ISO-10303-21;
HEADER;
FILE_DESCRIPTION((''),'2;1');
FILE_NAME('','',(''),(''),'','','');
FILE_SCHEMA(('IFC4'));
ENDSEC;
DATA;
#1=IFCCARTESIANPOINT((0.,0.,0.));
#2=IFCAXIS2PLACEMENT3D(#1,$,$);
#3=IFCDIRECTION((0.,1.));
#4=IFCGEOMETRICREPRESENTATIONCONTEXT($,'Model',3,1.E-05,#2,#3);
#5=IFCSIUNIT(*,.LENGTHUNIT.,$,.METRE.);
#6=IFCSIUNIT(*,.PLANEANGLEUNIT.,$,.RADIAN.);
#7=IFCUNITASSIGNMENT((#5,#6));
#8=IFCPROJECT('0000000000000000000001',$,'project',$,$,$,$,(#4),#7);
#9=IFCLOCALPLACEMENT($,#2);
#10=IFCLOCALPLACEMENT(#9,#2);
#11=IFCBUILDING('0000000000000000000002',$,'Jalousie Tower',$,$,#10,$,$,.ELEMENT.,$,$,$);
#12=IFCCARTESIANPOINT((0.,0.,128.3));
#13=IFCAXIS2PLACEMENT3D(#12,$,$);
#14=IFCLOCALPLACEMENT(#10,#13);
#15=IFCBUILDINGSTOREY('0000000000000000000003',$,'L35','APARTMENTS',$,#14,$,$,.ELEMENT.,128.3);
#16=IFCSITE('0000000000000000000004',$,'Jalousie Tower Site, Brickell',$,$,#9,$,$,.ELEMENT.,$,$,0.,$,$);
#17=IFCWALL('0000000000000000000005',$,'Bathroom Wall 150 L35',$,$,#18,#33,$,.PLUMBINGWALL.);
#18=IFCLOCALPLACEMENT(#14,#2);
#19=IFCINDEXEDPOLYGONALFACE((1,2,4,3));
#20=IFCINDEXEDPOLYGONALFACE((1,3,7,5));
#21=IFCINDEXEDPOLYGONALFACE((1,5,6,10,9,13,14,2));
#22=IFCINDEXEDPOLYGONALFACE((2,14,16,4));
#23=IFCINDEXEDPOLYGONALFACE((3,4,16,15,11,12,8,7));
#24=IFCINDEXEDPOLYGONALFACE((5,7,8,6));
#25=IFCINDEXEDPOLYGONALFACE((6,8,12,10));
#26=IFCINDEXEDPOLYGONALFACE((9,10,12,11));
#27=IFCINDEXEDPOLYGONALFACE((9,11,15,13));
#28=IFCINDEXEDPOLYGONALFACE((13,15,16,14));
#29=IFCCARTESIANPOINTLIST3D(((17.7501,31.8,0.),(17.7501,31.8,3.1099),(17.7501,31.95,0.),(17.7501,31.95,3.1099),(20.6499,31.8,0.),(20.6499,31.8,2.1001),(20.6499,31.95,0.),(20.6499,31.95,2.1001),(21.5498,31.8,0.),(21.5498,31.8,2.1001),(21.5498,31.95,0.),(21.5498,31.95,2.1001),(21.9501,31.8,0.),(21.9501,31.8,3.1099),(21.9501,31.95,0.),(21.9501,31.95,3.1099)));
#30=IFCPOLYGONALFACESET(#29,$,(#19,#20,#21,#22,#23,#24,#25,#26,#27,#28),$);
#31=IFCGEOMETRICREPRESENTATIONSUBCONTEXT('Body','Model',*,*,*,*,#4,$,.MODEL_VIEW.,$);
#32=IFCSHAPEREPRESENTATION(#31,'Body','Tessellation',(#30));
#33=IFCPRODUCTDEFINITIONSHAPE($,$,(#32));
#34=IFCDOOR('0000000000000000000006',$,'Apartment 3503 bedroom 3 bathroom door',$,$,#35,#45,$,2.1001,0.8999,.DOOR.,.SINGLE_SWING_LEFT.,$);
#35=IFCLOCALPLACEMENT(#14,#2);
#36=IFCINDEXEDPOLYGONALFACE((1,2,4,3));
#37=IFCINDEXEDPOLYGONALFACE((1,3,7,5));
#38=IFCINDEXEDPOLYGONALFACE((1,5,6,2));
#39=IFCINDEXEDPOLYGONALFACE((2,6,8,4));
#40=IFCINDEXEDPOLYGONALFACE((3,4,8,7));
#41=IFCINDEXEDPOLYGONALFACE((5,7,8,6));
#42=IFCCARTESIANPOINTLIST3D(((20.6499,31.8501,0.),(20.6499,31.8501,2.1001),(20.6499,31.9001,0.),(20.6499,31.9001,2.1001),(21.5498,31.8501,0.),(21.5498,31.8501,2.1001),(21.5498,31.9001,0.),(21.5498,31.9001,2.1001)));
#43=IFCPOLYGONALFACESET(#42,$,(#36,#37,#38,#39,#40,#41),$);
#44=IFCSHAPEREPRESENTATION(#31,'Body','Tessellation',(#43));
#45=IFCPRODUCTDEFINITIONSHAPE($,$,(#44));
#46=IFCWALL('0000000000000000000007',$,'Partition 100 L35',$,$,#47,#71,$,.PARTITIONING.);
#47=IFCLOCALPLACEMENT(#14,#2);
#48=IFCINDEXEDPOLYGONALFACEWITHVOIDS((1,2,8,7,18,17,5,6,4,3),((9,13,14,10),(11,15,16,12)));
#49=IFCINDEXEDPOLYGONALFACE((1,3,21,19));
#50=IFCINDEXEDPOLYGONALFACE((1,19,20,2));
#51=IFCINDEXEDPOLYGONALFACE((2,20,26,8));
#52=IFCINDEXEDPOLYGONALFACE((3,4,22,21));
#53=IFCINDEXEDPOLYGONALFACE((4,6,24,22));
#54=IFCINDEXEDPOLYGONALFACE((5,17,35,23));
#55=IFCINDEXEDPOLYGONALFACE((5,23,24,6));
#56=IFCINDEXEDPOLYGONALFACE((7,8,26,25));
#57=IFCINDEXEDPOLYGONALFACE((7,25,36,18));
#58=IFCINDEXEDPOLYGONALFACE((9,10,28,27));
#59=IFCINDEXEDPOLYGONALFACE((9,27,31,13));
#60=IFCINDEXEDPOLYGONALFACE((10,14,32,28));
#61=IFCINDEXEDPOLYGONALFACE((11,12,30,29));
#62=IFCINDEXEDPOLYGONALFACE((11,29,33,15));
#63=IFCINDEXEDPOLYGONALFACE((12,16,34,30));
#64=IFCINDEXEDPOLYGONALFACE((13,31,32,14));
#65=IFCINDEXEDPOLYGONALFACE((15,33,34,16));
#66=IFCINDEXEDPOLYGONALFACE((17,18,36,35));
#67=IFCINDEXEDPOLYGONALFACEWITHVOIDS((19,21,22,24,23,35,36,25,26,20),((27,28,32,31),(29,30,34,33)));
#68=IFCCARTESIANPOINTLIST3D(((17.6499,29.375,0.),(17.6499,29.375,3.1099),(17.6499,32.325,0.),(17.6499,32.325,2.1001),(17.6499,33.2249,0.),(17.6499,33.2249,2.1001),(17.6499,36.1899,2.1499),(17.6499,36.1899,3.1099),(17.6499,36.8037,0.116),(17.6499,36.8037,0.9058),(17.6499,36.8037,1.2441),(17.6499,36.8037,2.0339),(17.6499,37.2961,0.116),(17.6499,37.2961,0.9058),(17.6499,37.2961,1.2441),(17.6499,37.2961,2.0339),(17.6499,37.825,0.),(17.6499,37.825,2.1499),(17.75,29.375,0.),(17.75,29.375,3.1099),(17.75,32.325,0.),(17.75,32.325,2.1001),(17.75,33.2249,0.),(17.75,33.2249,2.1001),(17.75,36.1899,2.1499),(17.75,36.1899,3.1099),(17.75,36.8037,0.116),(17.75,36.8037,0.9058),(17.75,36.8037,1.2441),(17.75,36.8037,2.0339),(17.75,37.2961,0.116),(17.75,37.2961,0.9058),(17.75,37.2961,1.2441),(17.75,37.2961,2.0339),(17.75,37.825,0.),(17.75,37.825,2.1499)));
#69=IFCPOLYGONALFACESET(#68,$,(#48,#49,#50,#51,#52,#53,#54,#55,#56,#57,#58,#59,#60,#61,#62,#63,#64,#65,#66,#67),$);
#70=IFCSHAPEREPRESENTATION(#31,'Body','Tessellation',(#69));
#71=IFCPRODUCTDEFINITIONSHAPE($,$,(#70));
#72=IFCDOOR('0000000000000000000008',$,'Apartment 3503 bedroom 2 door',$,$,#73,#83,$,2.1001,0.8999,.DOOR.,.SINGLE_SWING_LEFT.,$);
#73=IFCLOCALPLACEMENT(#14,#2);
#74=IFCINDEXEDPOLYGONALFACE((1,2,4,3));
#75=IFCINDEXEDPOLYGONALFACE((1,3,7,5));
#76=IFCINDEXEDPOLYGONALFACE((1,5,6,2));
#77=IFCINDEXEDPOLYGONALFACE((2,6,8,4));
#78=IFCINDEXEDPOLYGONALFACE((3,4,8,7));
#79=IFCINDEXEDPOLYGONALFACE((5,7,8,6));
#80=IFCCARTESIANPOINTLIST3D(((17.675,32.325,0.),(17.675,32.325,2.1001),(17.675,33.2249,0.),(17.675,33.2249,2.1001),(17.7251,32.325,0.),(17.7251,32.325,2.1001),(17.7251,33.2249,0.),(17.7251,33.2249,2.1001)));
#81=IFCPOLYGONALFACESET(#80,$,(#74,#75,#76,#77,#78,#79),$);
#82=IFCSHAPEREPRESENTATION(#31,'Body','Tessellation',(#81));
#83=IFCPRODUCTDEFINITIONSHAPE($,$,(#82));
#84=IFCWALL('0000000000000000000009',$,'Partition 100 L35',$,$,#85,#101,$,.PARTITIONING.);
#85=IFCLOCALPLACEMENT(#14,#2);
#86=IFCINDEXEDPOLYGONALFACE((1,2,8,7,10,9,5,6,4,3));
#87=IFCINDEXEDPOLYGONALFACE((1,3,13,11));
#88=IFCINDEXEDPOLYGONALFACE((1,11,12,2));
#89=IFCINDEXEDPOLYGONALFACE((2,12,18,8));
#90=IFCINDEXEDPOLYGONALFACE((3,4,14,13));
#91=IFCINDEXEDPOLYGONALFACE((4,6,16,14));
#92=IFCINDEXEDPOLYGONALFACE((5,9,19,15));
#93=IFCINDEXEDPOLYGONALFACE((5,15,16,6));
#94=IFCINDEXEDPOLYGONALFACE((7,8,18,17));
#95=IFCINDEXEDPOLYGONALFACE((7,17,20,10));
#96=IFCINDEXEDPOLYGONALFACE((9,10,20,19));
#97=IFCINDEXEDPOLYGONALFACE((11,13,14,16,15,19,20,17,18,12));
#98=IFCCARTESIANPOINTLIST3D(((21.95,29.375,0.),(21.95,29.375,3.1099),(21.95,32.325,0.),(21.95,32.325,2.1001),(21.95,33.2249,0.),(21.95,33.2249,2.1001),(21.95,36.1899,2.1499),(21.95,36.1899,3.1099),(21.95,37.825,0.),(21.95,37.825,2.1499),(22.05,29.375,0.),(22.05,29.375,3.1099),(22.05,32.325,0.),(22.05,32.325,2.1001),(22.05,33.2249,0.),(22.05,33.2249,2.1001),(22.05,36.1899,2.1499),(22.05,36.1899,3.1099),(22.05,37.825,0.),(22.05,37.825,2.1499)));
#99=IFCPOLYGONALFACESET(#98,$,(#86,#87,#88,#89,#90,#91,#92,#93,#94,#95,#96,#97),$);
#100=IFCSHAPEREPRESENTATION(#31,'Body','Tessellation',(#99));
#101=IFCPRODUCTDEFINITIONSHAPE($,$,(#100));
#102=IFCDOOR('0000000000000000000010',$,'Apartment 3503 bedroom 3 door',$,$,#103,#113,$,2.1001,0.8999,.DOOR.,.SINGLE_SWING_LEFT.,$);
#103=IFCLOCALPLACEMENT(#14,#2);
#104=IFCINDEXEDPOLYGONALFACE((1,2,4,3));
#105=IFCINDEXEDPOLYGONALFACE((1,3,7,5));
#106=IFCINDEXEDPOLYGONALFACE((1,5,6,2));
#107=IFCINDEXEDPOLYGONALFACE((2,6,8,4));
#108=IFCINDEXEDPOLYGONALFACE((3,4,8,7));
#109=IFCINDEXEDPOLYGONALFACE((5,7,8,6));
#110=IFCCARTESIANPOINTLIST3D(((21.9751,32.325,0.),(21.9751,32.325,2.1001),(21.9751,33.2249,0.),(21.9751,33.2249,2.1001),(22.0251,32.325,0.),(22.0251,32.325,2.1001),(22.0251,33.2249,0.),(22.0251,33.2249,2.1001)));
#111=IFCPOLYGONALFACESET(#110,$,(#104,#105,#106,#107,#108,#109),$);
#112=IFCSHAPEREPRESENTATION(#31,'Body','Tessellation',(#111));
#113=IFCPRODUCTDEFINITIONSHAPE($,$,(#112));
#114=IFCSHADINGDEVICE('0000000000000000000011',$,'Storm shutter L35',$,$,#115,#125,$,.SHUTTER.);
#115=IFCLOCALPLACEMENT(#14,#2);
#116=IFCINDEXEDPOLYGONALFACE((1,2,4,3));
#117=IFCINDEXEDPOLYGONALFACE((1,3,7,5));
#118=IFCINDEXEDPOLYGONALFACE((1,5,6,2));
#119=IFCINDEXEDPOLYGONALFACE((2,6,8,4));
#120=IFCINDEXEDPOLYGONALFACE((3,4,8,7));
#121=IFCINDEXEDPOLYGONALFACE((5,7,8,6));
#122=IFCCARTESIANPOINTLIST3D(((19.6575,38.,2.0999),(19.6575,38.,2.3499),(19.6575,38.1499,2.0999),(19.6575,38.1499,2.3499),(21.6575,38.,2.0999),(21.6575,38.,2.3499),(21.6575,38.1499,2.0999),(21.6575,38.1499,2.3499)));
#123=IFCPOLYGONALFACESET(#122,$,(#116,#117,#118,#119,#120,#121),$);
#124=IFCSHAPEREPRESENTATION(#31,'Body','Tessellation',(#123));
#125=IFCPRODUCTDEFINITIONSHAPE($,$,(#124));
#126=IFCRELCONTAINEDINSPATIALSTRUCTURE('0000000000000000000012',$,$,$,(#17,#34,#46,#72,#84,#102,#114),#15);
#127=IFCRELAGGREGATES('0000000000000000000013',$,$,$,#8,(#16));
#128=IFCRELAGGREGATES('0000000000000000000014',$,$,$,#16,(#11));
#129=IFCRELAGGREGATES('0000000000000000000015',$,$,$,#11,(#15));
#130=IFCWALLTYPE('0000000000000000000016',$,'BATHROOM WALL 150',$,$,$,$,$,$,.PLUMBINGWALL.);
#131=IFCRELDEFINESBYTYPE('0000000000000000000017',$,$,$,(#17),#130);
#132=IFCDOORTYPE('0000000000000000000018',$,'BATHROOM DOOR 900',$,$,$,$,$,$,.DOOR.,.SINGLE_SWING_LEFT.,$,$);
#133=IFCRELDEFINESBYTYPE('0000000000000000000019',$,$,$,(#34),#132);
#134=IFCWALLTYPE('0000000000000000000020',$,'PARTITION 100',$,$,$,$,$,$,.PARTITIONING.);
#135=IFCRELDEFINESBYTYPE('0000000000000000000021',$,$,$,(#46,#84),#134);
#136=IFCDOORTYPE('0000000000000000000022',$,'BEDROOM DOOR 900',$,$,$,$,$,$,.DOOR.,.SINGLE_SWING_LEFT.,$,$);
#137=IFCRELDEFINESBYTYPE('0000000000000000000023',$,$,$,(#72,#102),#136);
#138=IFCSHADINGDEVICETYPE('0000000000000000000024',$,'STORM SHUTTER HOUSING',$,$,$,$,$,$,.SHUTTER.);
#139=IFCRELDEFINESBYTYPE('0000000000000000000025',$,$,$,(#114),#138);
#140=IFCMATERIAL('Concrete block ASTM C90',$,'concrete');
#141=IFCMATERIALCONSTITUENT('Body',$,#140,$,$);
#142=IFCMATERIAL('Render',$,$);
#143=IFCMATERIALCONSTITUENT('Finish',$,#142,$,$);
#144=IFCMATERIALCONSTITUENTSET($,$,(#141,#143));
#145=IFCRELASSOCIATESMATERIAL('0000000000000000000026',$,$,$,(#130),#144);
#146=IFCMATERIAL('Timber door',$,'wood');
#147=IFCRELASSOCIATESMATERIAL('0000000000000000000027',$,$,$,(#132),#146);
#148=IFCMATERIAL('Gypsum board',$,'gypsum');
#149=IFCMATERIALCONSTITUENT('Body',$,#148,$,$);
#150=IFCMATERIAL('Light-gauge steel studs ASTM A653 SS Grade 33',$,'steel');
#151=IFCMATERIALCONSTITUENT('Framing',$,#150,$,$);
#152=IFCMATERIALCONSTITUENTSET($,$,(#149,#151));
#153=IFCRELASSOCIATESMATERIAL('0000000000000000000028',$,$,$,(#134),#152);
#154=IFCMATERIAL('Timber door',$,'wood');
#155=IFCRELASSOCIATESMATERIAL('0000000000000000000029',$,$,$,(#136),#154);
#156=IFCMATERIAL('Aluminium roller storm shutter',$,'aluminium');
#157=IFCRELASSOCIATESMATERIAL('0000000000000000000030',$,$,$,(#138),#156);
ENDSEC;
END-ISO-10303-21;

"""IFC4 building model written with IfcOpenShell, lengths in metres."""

from ifc_helpers import new_model, si_unit, direction, frame, frame_2d, origin, origin_2d, place, context, subcontext, project, spatial, polyline, rectangle, outline, extrude, material, constituent, constituent_set, type_object, element, fill, save


model = new_model("IFC4")

# Units and contexts
model_context = context("Model", 3, precision=1e-05, world=origin(), true_north=direction((0.0, 1.0)))
body_context = subcontext(model_context, "Body", "Model", "MODEL_VIEW")
ifc_project = project(units=[si_unit("LENGTHUNIT", "METRE"), si_unit("PLANEANGLEUNIT", "RADIAN")], contexts=[model_context])

# Site, building, storey
site_placement = place(None, origin())
site = spatial("IfcSite", under=ifc_project, at=site_placement, Name="Jalousie Tower Site, Brickell", CompositionType="ELEMENT", RefElevation=0.0)
building_placement = place(site_placement, origin())
building = spatial("IfcBuilding", under=site, at=building_placement, Name="Jalousie Tower", CompositionType="ELEMENT")
storey_placement = place(building_placement, frame((0.0, 0.0, 128.3)))
storey = spatial("IfcBuildingStorey", under=building, at=storey_placement, Name="L35", Description="APARTMENTS", CompositionType="ELEMENT", Elevation=128.3)

# Walls, openings, doors
ifc_material_1 = material(Name="Concrete block ASTM C90", Category="concrete")
ifc_constituent_1 = constituent(ifc_material_1, Name="Body")
ifc_material_2 = material(Name="Render")
ifc_constituent_2 = constituent(ifc_material_2, Name="Finish")
ifc_constituent_set_1 = constituent_set(constituents=[ifc_constituent_1, ifc_constituent_2])
wall_type_1 = type_object("IfcWallType", Name="BATHROOM WALL 150", PredefinedType="PLUMBINGWALL", material=ifc_constituent_set_1)
wall_1_placement = place(storey_placement, frame((17.75, 31.875, 0.0), z_axis=(0.0, 0.0, 1.0), x_axis=(1.0, 0.0, 0.0)))
wall_1 = element("IfcWall", 1, at=wall_1_placement, inside=storey, type_object=wall_type_1, Name="Bathroom Wall 150 L35", PredefinedType="PLUMBINGWALL", context=body_context, shape_type="SweptSolid", body=[
    extrude(rectangle(XDim=4.2, YDim=0.1499, at=frame_2d((2.1001, 0.0))), origin(), (0.0, 0.0, 1.0), 3.1099),
])
opening_1_placement = place(wall_1_placement, frame((2.8999, 0.0, 0.0)))
opening_1 = element("IfcOpeningElement", 2, at=opening_1_placement, cuts=wall_1, PredefinedType="OPENING", context=body_context, shape_type="SweptSolid", body=[
    extrude(rectangle(XDim=0.8999, YDim=2.1001, at=frame_2d((0.45, 1.05))), frame((0.0, 0.085, 0.0), z_axis=(0.0, -1.0, 0.0), x_axis=(1.0, 0.0, 0.0)), (0.0, 0.0, 1.0), 0.1699),
])
ifc_material_3 = material(Name="Timber door", Category="wood")
door_type_1 = type_object("IfcDoorType", Name="BATHROOM DOOR 900", OperationType="SINGLE_SWING_LEFT", PredefinedType="DOOR", material=ifc_material_3)
door_1_placement = place(opening_1_placement, frame((0.8999, 0.0, 0.0), z_axis=(0.0, 0.0, 1.0), x_axis=(-1.0, 0.0, 0.0)))
door_1 = element("IfcDoor", 3, at=door_1_placement, inside=storey, type_object=door_type_1, Name="Apartment 3503 bedroom 3 bathroom door", OperationType="SINGLE_SWING_LEFT", OverallHeight=2.1001, OverallWidth=0.8999, PredefinedType="DOOR", context=body_context, shape_type="SweptSolid", body=[
    extrude(rectangle(XDim=0.8999, YDim=2.1001, at=frame_2d((0.45, 1.05))), frame((0.0, 0.0249, 0.0), z_axis=(0.0, -1.0, 0.0), x_axis=(1.0, 0.0, 0.0)), (0.0, 0.0, 1.0), 0.05),
])
fill(opening_1, door_1)
ifc_material_4 = material(Name="Gypsum board", Category="gypsum")
ifc_constituent_3 = constituent(ifc_material_4, Name="Body")
ifc_material_5 = material(Name="Light-gauge steel studs ASTM A653 SS Grade 33", Category="steel")
ifc_constituent_4 = constituent(ifc_material_5, Name="Framing")
ifc_constituent_set_2 = constituent_set(constituents=[ifc_constituent_3, ifc_constituent_4])
wall_type_2 = type_object("IfcWallType", Name="PARTITION 100", PredefinedType="PARTITIONING", material=ifc_constituent_set_2)
wall_2_placement = place(storey_placement, frame((17.7, 37.825, 0.0), z_axis=(0.0, 0.0, 1.0), x_axis=(0.0, -1.0, 0.0)))
wall_2 = element("IfcWall", 4, at=wall_2_placement, inside=storey, type_object=wall_type_2, Name="Partition 100 L35", PredefinedType="PARTITIONING", context=body_context, shape_type="SweptSolid", body=[
    extrude(outline(polyline([(1.635, 2.1499), (0.0, 2.1499), (0.0, 0.0), (8.45, 0.0), (8.45, 3.1099), (1.635, 3.1099), (1.635, 2.1499)]), holes=[polyline([(1.0212, 0.116), (0.5288, 0.116), (0.5288, 0.9058), (1.0212, 0.9058), (1.0212, 0.116)]), polyline([(1.0212, 1.2441), (0.5288, 1.2441), (0.5288, 2.0339), (1.0212, 2.0339), (1.0212, 1.2441)])]), frame((0.0, 0.05, 0.0), z_axis=(0.0, -1.0, 0.0), x_axis=(1.0, 0.0, 0.0)), (0.0, 0.0, 1.0), 0.1001),
])
opening_2_placement = place(wall_2_placement, frame((4.6001, 0.0, 0.0)))
opening_2 = element("IfcOpeningElement", 5, at=opening_2_placement, cuts=wall_2, PredefinedType="OPENING", context=body_context, shape_type="SweptSolid", body=[
    extrude(rectangle(XDim=0.8999, YDim=2.1001, at=frame_2d((0.45, 1.05))), frame((0.0, 0.0601, 0.0), z_axis=(0.0, -1.0, 0.0), x_axis=(1.0, 0.0, 0.0)), (0.0, 0.0, 1.0), 0.1201),
])
ifc_material_6 = material(Name="Timber door", Category="wood")
door_type_2 = type_object("IfcDoorType", Name="BEDROOM DOOR 900", OperationType="SINGLE_SWING_LEFT", PredefinedType="DOOR", material=ifc_material_6)
door_2_placement = place(opening_2_placement, frame((0.8999, 0.0, 0.0), z_axis=(0.0, 0.0, 1.0), x_axis=(-1.0, 0.0, 0.0)))
door_2 = element("IfcDoor", 6, at=door_2_placement, inside=storey, type_object=door_type_2, Name="Apartment 3503 bedroom 2 door", OperationType="SINGLE_SWING_LEFT", OverallHeight=2.1001, OverallWidth=0.8999, PredefinedType="DOOR", context=body_context, shape_type="SweptSolid", body=[
    extrude(rectangle(XDim=0.8999, YDim=2.1001, at=frame_2d((0.45, 1.05))), frame((0.0, 0.0249, 0.0), z_axis=(0.0, -1.0, 0.0), x_axis=(1.0, 0.0, 0.0)), (0.0, 0.0, 1.0), 0.05),
])
fill(opening_2, door_2)
wall_3_placement = place(storey_placement, frame((22.0, 37.825, 0.0), z_axis=(0.0, 0.0, 1.0), x_axis=(0.0, -1.0, 0.0)))
wall_3 = element("IfcWall", 7, at=wall_3_placement, inside=storey, type_object=wall_type_2, Name="Partition 100 L35", PredefinedType="PARTITIONING", context=body_context, shape_type="SweptSolid", body=[
    extrude(outline(polyline([(0.0, 0.0), (8.45, 0.0), (8.45, 3.1099), (1.635, 3.1099), (1.635, 2.1499), (0.0, 2.1499), (0.0, 3.1099), (0.0, 0.0)])), frame((0.0, 0.05, 0.0), z_axis=(0.0, -1.0, 0.0), x_axis=(1.0, 0.0, 0.0)), (0.0, 0.0, 1.0), 0.1001),
])
opening_3_placement = place(wall_3_placement, frame((4.6001, 0.0, 0.0)))
opening_3 = element("IfcOpeningElement", 8, at=opening_3_placement, cuts=wall_3, PredefinedType="OPENING", context=body_context, shape_type="SweptSolid", body=[
    extrude(rectangle(XDim=0.8999, YDim=2.1001, at=frame_2d((0.45, 1.05))), frame((0.0, 0.0601, 0.0), z_axis=(0.0, -1.0, 0.0), x_axis=(1.0, 0.0, 0.0)), (0.0, 0.0, 1.0), 0.1201),
])
door_3_placement = place(opening_3_placement, frame((0.8999, 0.0, 0.0), z_axis=(0.0, 0.0, 1.0), x_axis=(-1.0, 0.0, 0.0)))
door_3 = element("IfcDoor", 9, at=door_3_placement, inside=storey, type_object=door_type_2, Name="Apartment 3503 bedroom 3 door", OperationType="SINGLE_SWING_LEFT", OverallHeight=2.1001, OverallWidth=0.8999, PredefinedType="DOOR", context=body_context, shape_type="SweptSolid", body=[
    extrude(rectangle(XDim=0.8999, YDim=2.1001, at=frame_2d((0.45, 1.05))), frame((0.0, 0.0249, 0.0), z_axis=(0.0, -1.0, 0.0), x_axis=(1.0, 0.0, 0.0)), (0.0, 0.0, 1.0), 0.05),
])
fill(opening_3, door_3)

# Shading device
ifc_material_7 = material(Name="Aluminium roller storm shutter", Category="aluminium")
shading_device_type = type_object("IfcShadingDeviceType", Name="STORM SHUTTER HOUSING", PredefinedType="SHUTTER", material=ifc_material_7)
shading_device_placement = place(storey_placement, frame((20.6575, 38.075, 2.0999), z_axis=(0.0, 0.0, 1.0), x_axis=(-1.0, 0.0, 0.0)))
element("IfcShadingDevice", 10, at=shading_device_placement, inside=storey, type_object=shading_device_type, Name="Storm shutter L35", PredefinedType="SHUTTER", context=body_context, shape_type="SweptSolid", body=[
    extrude(rectangle(XDim=2.0, YDim=0.1499, at=origin_2d()), origin(), (0.0, 0.0, 1.0), 0.25),
])

save(model, "model.ifc")
